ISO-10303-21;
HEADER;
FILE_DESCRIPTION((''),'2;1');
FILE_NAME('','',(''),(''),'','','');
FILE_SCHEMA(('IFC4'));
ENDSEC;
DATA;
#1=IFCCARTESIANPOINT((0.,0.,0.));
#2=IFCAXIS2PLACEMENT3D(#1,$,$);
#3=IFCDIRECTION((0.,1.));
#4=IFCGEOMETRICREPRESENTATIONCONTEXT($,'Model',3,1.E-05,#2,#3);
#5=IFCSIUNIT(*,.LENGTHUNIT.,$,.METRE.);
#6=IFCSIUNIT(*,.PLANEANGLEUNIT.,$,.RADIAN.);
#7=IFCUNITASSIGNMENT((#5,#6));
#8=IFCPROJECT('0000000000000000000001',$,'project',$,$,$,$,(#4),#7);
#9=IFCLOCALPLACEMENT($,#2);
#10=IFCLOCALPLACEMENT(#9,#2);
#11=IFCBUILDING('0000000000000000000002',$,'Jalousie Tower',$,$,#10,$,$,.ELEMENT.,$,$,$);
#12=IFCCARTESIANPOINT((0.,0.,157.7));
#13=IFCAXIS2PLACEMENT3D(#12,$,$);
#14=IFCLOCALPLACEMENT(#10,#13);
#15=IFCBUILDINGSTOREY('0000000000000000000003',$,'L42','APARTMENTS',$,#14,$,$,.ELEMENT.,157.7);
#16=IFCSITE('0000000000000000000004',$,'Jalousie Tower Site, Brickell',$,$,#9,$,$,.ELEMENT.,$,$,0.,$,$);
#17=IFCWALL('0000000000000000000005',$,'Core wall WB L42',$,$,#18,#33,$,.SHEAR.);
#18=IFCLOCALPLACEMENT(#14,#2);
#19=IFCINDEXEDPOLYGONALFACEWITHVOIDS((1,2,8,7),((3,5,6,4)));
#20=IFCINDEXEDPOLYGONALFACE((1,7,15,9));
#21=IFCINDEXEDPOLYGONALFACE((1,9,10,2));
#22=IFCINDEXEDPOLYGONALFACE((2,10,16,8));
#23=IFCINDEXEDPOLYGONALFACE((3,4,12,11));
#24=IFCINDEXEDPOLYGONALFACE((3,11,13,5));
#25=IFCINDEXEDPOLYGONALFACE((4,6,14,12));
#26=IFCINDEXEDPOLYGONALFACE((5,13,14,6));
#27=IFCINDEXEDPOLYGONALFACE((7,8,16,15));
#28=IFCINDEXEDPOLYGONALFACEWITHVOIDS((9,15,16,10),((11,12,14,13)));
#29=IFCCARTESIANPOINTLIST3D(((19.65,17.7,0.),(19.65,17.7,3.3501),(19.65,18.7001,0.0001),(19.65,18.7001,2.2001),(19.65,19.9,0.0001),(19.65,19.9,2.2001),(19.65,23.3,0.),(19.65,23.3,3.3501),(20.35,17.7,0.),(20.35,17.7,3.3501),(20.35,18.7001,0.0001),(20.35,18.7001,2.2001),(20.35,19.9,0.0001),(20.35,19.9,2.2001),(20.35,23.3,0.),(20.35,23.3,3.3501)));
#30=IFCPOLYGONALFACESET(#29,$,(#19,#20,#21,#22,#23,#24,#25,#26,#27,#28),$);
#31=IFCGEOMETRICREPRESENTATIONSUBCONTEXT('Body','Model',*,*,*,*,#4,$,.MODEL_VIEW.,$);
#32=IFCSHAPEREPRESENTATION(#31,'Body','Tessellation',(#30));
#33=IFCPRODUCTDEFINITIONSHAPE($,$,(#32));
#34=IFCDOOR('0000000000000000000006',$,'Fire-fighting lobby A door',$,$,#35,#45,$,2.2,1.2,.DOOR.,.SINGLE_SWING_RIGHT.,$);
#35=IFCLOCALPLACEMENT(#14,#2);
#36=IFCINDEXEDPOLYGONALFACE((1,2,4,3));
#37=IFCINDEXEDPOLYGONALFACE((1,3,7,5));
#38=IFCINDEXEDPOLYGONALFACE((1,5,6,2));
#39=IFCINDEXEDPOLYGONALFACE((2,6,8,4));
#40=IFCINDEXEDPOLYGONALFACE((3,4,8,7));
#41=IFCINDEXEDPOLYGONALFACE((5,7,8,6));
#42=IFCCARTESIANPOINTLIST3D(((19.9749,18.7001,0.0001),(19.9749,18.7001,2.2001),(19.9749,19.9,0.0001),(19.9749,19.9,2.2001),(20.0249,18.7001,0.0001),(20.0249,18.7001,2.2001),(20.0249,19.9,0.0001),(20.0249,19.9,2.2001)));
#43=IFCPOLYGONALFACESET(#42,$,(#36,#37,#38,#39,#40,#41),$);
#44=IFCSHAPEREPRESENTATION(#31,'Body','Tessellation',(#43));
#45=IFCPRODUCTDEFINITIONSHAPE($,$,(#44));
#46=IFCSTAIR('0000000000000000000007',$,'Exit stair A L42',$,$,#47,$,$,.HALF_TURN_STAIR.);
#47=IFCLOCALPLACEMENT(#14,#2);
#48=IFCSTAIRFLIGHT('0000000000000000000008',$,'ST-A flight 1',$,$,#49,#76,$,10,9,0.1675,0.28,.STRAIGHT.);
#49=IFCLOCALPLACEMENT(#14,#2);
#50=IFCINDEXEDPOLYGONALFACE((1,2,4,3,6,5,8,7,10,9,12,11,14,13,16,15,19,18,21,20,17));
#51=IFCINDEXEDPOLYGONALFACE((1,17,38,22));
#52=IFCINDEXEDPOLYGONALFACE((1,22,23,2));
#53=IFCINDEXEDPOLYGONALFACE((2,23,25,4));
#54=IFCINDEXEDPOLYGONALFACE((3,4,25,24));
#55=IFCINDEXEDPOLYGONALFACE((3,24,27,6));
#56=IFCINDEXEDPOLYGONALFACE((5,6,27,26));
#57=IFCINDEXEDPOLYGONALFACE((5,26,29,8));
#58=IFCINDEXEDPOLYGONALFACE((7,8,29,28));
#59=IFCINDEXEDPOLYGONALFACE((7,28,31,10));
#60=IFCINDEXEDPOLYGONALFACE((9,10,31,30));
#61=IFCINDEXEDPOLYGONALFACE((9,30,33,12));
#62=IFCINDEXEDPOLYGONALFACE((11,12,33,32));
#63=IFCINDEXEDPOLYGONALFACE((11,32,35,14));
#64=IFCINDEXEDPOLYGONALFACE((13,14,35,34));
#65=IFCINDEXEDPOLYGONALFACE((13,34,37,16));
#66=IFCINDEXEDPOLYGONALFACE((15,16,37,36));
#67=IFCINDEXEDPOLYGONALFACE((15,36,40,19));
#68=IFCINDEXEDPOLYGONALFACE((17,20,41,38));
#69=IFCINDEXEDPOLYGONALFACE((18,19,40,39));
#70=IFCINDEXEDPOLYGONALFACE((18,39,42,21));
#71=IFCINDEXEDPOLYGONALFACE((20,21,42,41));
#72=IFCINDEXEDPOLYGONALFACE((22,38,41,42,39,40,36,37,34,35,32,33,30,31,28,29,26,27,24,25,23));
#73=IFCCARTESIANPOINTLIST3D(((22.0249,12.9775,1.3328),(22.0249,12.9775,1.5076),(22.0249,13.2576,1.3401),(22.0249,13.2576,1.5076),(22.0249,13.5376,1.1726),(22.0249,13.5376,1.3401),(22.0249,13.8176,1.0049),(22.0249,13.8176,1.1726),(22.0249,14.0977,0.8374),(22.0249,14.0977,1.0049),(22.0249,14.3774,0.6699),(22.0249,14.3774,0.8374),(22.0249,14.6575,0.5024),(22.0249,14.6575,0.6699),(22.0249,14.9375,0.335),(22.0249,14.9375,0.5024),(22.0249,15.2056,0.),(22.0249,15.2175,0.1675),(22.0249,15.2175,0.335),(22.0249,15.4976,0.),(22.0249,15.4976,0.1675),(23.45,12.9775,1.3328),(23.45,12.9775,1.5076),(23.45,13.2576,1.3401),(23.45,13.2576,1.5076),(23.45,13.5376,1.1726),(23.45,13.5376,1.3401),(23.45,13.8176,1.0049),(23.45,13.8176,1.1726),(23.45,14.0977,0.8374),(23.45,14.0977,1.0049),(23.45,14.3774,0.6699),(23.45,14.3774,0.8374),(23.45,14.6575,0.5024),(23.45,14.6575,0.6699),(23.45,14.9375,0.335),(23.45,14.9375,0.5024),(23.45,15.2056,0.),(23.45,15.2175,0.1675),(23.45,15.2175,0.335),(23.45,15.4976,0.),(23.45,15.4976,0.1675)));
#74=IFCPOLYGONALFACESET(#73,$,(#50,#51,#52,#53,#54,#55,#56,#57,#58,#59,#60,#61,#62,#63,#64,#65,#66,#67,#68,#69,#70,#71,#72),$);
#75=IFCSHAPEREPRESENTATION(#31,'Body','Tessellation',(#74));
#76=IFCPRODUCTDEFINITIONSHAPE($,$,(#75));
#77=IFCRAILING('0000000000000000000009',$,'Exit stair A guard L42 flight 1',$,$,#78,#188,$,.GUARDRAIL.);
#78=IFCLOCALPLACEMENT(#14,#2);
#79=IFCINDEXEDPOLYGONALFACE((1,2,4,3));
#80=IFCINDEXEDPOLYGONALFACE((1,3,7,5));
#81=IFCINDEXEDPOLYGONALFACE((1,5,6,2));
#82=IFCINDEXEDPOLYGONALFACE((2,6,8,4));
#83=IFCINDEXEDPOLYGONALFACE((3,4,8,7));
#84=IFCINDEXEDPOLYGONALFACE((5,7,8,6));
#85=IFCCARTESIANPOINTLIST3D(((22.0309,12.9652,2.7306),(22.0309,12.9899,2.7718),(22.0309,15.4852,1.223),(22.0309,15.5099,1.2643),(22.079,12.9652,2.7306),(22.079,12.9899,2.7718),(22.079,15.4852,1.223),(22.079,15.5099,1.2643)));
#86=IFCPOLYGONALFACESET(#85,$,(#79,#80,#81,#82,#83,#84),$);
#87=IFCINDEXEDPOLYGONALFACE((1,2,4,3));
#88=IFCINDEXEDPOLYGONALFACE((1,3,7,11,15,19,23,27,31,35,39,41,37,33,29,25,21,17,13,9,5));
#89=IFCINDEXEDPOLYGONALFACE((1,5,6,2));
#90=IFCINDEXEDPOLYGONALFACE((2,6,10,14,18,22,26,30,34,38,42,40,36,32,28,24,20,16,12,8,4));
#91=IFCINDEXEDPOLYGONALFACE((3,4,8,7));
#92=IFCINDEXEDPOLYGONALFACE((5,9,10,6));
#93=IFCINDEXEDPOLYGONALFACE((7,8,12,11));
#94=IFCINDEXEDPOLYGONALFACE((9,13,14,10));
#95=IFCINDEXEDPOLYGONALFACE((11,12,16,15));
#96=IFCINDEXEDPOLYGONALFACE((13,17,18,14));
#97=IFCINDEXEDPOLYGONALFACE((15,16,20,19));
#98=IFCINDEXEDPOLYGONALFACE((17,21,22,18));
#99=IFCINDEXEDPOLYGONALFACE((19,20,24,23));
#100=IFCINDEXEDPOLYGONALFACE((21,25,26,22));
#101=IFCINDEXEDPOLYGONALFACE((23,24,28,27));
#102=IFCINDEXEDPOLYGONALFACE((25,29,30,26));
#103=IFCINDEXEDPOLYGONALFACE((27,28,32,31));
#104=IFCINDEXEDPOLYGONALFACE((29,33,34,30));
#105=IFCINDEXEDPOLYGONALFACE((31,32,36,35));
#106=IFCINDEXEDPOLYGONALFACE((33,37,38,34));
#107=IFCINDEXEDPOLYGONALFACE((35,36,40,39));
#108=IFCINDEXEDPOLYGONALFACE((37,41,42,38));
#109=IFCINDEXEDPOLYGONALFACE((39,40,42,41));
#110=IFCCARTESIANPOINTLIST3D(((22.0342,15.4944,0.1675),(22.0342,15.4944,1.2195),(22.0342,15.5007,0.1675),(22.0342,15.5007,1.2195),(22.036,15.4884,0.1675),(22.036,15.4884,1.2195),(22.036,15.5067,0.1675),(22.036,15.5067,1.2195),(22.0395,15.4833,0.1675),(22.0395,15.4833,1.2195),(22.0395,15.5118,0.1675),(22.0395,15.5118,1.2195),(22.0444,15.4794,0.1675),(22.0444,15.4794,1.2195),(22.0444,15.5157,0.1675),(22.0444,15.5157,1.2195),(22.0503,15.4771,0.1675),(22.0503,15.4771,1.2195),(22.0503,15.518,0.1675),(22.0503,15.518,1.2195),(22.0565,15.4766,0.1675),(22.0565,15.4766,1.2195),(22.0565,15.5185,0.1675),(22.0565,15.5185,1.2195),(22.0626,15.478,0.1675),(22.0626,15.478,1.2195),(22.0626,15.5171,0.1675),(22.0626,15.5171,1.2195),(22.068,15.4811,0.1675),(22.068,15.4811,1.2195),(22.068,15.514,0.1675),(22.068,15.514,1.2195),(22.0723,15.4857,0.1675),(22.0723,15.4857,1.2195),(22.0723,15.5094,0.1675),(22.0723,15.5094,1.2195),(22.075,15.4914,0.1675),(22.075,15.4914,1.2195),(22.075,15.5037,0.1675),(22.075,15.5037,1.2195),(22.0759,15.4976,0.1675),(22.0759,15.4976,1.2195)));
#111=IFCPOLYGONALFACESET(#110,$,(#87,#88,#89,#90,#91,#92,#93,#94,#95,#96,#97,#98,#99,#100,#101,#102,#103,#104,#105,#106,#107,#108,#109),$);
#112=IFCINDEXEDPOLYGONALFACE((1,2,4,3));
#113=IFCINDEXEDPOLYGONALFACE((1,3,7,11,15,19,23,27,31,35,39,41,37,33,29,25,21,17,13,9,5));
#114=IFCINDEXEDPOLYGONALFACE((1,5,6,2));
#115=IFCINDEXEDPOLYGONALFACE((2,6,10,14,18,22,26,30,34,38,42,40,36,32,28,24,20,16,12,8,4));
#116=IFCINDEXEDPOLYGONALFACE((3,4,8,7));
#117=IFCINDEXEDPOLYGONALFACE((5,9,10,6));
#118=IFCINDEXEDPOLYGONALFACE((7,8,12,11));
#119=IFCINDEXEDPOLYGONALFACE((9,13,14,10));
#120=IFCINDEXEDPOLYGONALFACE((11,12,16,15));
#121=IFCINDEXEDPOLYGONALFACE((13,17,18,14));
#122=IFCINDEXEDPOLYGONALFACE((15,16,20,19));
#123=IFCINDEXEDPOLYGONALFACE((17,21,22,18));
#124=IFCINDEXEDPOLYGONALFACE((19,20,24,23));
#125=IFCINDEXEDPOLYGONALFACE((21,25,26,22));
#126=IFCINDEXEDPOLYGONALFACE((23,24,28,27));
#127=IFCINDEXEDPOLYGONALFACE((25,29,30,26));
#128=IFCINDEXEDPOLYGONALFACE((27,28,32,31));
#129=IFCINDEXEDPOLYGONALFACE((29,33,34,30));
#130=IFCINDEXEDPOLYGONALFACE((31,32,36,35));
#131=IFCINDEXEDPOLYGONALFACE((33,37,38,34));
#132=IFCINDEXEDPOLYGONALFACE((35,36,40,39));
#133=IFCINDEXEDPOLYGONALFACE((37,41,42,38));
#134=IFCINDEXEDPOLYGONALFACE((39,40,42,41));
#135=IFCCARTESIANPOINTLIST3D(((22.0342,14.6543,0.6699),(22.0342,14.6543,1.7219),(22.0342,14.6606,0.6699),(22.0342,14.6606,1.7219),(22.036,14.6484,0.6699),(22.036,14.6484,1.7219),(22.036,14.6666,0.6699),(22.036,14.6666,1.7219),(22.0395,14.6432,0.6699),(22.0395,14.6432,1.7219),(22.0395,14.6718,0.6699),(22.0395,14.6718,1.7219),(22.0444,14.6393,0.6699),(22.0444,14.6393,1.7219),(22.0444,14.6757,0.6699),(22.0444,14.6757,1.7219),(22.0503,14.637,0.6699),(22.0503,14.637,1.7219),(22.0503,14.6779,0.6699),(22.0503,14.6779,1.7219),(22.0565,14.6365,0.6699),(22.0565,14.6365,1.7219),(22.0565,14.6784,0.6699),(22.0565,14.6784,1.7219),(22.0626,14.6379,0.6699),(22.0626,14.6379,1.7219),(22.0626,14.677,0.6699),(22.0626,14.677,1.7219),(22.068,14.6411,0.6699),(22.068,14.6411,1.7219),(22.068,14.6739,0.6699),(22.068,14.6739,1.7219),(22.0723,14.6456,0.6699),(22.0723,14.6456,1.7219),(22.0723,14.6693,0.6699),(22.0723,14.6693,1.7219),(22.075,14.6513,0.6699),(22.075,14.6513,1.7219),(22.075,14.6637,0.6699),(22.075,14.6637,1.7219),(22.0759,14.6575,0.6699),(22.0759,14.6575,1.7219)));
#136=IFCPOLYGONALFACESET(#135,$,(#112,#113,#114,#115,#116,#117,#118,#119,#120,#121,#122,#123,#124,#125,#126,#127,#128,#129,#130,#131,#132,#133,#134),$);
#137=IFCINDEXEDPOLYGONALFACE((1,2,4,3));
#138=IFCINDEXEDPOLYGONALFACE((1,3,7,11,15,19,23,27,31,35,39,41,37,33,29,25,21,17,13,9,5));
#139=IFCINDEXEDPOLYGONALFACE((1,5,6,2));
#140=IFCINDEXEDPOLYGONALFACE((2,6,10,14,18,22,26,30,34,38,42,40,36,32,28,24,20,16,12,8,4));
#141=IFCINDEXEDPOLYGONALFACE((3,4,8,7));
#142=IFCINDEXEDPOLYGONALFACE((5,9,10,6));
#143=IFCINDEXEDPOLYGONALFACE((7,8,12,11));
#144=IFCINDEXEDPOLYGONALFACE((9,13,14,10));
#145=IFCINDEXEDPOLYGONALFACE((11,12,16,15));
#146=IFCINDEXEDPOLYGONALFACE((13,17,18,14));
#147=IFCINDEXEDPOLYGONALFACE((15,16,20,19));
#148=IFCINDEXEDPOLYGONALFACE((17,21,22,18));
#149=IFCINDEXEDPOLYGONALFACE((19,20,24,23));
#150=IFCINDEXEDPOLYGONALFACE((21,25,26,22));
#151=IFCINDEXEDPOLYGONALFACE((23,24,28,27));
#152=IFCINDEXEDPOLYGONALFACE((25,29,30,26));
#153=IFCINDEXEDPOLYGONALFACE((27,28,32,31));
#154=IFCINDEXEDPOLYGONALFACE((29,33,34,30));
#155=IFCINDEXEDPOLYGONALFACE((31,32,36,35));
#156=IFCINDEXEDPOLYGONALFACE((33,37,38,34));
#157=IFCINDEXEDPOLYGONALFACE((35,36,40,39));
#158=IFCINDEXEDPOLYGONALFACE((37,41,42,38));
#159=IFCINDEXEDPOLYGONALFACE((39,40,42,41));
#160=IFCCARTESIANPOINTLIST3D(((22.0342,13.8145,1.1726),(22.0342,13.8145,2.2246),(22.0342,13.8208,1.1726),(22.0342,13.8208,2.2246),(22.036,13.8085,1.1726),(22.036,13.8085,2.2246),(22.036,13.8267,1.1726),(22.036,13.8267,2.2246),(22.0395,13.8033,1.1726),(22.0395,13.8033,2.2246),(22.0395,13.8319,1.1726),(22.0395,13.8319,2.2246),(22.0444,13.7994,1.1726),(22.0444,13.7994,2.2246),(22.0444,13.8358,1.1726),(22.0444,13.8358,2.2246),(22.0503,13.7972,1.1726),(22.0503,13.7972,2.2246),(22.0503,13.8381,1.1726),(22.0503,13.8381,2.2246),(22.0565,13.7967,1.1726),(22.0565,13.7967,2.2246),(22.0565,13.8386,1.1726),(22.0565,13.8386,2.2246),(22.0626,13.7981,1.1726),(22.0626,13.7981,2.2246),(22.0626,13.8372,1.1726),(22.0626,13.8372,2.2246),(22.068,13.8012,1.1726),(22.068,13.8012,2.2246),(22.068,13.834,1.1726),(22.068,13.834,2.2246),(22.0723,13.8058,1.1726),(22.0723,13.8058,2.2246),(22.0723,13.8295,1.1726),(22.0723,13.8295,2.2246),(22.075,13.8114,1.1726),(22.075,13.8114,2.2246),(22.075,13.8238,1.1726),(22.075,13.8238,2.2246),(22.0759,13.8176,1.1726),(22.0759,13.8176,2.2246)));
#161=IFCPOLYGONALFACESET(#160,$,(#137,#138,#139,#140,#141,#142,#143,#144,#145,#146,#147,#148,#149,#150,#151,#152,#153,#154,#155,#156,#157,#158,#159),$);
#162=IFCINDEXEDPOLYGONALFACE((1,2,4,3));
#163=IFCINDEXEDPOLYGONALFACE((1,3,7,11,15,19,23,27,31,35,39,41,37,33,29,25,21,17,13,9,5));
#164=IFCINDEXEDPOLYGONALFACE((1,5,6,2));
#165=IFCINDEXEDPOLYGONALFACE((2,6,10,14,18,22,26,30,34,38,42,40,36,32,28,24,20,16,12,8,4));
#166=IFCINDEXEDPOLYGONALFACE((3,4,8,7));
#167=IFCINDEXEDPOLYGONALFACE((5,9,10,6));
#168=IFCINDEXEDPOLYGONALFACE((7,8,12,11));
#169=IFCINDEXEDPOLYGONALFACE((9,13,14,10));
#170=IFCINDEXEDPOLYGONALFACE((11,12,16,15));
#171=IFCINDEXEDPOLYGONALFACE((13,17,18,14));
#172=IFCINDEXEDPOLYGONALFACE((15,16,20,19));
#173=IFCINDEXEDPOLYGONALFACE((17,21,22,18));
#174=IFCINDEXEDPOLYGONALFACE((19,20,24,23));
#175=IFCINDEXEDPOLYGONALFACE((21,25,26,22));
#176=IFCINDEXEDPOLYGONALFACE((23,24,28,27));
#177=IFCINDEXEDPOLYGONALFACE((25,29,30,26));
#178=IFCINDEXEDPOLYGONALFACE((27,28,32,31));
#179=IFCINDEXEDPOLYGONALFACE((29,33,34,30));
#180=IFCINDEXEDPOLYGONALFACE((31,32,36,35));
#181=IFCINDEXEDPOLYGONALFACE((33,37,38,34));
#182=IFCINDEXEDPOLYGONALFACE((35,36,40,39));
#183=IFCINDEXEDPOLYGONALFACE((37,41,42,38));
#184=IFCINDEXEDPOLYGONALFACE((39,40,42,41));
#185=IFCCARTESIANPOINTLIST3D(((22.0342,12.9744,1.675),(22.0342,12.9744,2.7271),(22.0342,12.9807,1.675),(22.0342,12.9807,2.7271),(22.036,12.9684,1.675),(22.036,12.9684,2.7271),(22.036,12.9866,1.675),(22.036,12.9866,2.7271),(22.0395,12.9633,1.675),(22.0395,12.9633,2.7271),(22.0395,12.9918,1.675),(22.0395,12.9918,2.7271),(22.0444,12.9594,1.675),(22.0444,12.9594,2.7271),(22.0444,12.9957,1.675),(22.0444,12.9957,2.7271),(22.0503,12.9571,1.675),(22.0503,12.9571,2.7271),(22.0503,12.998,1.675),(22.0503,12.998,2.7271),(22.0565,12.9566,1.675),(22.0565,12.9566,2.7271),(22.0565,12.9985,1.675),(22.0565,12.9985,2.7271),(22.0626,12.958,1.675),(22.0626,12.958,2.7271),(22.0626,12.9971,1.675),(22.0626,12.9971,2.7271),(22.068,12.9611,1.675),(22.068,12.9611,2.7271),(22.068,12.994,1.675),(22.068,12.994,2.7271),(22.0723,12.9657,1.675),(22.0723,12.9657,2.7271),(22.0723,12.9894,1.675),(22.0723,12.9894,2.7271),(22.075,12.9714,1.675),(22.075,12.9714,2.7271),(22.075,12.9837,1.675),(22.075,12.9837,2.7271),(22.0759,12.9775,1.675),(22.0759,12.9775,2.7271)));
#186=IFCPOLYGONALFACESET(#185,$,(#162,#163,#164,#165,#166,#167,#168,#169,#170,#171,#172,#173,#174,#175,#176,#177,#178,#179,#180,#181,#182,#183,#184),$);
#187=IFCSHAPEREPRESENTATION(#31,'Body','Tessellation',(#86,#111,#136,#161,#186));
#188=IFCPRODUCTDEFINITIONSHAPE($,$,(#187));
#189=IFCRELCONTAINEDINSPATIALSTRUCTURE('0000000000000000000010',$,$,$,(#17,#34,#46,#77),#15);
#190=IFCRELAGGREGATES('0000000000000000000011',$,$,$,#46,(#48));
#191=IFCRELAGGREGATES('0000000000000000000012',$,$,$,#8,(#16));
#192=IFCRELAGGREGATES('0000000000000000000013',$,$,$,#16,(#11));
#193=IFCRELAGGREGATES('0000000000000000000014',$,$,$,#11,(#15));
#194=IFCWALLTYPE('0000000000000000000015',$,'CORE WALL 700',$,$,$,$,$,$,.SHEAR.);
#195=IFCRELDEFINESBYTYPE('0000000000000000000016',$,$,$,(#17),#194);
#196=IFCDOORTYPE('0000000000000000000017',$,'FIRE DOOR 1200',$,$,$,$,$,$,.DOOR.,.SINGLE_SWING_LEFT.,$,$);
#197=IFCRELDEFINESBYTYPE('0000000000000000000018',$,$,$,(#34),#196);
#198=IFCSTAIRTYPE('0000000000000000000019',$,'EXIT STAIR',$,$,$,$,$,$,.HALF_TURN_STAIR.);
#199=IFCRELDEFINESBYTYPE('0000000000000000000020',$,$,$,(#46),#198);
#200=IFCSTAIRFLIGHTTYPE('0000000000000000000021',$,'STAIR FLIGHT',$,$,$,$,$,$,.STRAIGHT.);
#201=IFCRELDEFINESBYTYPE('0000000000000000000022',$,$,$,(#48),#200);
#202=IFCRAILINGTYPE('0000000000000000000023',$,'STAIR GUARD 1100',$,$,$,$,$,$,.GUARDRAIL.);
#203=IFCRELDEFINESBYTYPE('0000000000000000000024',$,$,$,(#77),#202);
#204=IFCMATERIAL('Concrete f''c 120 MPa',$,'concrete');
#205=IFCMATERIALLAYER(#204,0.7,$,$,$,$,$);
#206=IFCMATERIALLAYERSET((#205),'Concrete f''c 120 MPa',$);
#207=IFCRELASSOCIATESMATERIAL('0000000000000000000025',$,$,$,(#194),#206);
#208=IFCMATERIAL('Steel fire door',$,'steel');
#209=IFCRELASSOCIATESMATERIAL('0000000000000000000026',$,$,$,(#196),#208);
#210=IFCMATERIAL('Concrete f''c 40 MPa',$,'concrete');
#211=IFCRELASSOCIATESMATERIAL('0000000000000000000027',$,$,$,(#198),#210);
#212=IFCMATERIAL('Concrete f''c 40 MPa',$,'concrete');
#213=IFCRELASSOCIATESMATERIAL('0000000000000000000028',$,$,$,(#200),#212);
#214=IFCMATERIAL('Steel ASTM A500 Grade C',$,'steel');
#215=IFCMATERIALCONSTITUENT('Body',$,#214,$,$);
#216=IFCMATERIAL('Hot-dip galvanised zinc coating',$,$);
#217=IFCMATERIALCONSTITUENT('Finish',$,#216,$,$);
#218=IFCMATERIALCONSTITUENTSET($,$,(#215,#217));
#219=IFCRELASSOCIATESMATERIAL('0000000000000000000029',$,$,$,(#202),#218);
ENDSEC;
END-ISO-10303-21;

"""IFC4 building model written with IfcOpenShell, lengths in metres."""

from ifc_helpers import new_model, si_unit, direction, frame, frame_2d, origin, origin_2d, place, context, subcontext, project, spatial, polyline, rectangle, circle, outline, extrude, material, layer, layer_set, constituent, constituent_set, type_object, element, fill, aggregate, save


model = new_model("IFC4")

# Units and contexts
model_context = context("Model", 3, precision=1e-05, world=origin(), true_north=direction((0.0, 1.0)))
body_context = subcontext(model_context, "Body", "Model", "MODEL_VIEW")
ifc_project = project(units=[si_unit("LENGTHUNIT", "METRE"), si_unit("PLANEANGLEUNIT", "RADIAN")], contexts=[model_context])

# Site, building, storey
site_placement = place(None, origin())
site = spatial("IfcSite", under=ifc_project, at=site_placement, Name="Jalousie Tower Site, Brickell", CompositionType="ELEMENT", RefElevation=0.0)
building_placement = place(site_placement, origin())
building = spatial("IfcBuilding", under=site, at=building_placement, Name="Jalousie Tower", CompositionType="ELEMENT")
storey_placement = place(building_placement, frame((0.0, 0.0, 157.7)))
storey = spatial("IfcBuildingStorey", under=building, at=storey_placement, Name="L42", Description="APARTMENTS", CompositionType="ELEMENT", Elevation=157.7)

# Shared definitions
ifc_material_1 = material(Name="Concrete f'c 120 MPa", Category="concrete")
ifc_layer_1 = layer(ifc_material_1, 0.7)
ifc_layer_set_1 = layer_set([ifc_layer_1], Name="Concrete f'c 120 MPa")
wall_type_1 = type_object("IfcWallType", Name="CORE WALL 700", PredefinedType="SHEAR", material=ifc_layer_set_1)

# Wall, opening, door
wall_1_placement = place(storey_placement, frame((20.0, 23.3, 0.0), z_axis=(0.0, 0.0, 1.0), x_axis=(0.0, -1.0, 0.0)))
wall_1 = element("IfcWall", 1, at=wall_1_placement, inside=storey, type_object=wall_type_1, Name="Core wall WB L42", PredefinedType="SHEAR", context=body_context, shape_type="SweptSolid", body=[
    extrude(rectangle(XDim=5.6001, YDim=0.7, at=frame_2d((2.8, 0.0))), origin(), (0.0, 0.0, 1.0), 3.3501),
])
opening_1_placement = place(wall_1_placement, frame((3.3999, 0.0, 0.0)))
opening_1 = element("IfcOpeningElement", 2, at=opening_1_placement, cuts=wall_1, PredefinedType="OPENING", context=body_context, shape_type="SweptSolid", body=[
    extrude(rectangle(XDim=1.2, YDim=2.2, at=frame_2d((0.6001, 1.1001))), frame((0.0, 0.3599, 0.0), z_axis=(0.0, -1.0, 0.0), x_axis=(1.0, 0.0, 0.0)), (0.0, 0.0, 1.0), 0.72),
])
ifc_material_2 = material(Name="Steel fire door", Category="steel")
door_type_1 = type_object("IfcDoorType", Name="FIRE DOOR 1200", OperationType="SINGLE_SWING_LEFT", PredefinedType="DOOR", material=ifc_material_2)
door_1_placement = place(opening_1_placement, origin())
door_1 = element("IfcDoor", 3, at=door_1_placement, inside=storey, type_object=door_type_1, Name="Fire-fighting lobby A door", OperationType="SINGLE_SWING_RIGHT", OverallHeight=2.2, OverallWidth=1.2, PredefinedType="DOOR", context=body_context, shape_type="SweptSolid", body=[
    extrude(rectangle(XDim=1.2, YDim=2.2, at=frame_2d((0.6001, 1.1001))), frame((0.0, 0.0249, 0.0), z_axis=(0.0, -1.0, 0.0), x_axis=(1.0, 0.0, 0.0)), (0.0, 0.0, 1.0), 0.05),
])
fill(opening_1, door_1)

# Stair, stair flight
ifc_material_3 = material(Name="Concrete f'c 40 MPa", Category="concrete")
stair_type = type_object("IfcStairType", Name="EXIT STAIR", PredefinedType="HALF_TURN_STAIR", material=ifc_material_3)
stair_placement = place(storey_placement, origin())
stair = element("IfcStair", 4, at=stair_placement, inside=storey, type_object=stair_type, Name="Exit stair A L42", PredefinedType="HALF_TURN_STAIR")
ifc_material_4 = material(Name="Concrete f'c 40 MPa", Category="concrete")
stair_flight_type = type_object("IfcStairFlightType", Name="STAIR FLIGHT", PredefinedType="STRAIGHT", material=ifc_material_4)
stair_flight_placement = place(storey_placement, frame((22.7375, 15.4976, 0.0), z_axis=(0.0, 0.0, 1.0), x_axis=(0.0, -1.0, 0.0)))
stair_flight = element("IfcStairFlight", 5, at=stair_flight_placement, type_object=stair_flight_type, Name="ST-A flight 1", NumberOfRisers=10, NumberOfTreads=9, PredefinedType="STRAIGHT", RiserHeight=0.1675, TreadLength=0.28, context=body_context, shape_type="SweptSolid", body=[
    extrude(outline(polyline([(0.0, 0.0), (0.0, 0.1675), (0.28, 0.1675), (0.28, 0.335), (0.5601, 0.335), (0.5601, 0.5024), (0.8401, 0.5024), (0.8401, 0.6699), (1.1201, 0.6699), (1.1201, 0.8374), (1.3999, 0.8374), (1.3999, 1.0049), (1.6799, 1.0049), (1.6799, 1.1726), (1.96, 1.1726), (1.96, 1.3401), (2.24, 1.3401), (2.24, 1.5076), (2.52, 1.5076), (2.52, 1.675), (2.52, 1.3328), (0.292, 0.0), (0.0, 0.0)])), frame((0.0, 0.7124, 0.0), z_axis=(0.0, -1.0, 0.0), x_axis=(1.0, 0.0, 0.0)), (0.0, 0.0, 1.0), 1.425),
])
aggregate(stair, [stair_flight])

# Railing
ifc_material_5 = material(Name="Steel ASTM A500 Grade C", Category="steel")
ifc_constituent_1 = constituent(ifc_material_5, Name="Body")
ifc_material_6 = material(Name="Hot-dip galvanised zinc coating")
ifc_constituent_2 = constituent(ifc_material_6, Name="Finish")
ifc_constituent_set_1 = constituent_set(constituents=[ifc_constituent_1, ifc_constituent_2])
railing_type_1 = type_object("IfcRailingType", Name="STAIR GUARD 1100", PredefinedType="GUARDRAIL", material=ifc_constituent_set_1)
railing_1_placement = place(storey_placement, frame((22.0549, 15.4976, 0.1675)))
element("IfcRailing", 6, at=railing_1_placement, inside=storey, type_object=railing_type_1, Name="Exit stair A guard L42 flight 1", PredefinedType="GUARDRAIL", context=body_context, shape_type="SweptSolid", body=[
    extrude(rectangle(XDim=0.0481, YDim=0.0481, at=origin_2d()), frame((0.0, 0.0, 1.0762), z_axis=(0.0, -0.85816, 0.513383), x_axis=(1.0, 0.0, 0.0)), (0.0, 0.0, 1.0), 2.9365),
    extrude(circle(Radius=0.021, at=origin_2d()), origin(), (0.0, 0.0, 1.0), 1.052),
    extrude(circle(Radius=0.021, at=origin_2d()), frame((0.0, -0.8401, 0.5024)), (0.0, 0.0, 1.0), 1.052),
    extrude(circle(Radius=0.021, at=origin_2d()), frame((0.0, -1.6799, 1.0051)), (0.0, 0.0, 1.0), 1.052),
    extrude(circle(Radius=0.021, at=origin_2d()), frame((0.0, -2.52, 1.5076)), (0.0, 0.0, 1.0), 1.052),
])

save(model, "model.ifc")
